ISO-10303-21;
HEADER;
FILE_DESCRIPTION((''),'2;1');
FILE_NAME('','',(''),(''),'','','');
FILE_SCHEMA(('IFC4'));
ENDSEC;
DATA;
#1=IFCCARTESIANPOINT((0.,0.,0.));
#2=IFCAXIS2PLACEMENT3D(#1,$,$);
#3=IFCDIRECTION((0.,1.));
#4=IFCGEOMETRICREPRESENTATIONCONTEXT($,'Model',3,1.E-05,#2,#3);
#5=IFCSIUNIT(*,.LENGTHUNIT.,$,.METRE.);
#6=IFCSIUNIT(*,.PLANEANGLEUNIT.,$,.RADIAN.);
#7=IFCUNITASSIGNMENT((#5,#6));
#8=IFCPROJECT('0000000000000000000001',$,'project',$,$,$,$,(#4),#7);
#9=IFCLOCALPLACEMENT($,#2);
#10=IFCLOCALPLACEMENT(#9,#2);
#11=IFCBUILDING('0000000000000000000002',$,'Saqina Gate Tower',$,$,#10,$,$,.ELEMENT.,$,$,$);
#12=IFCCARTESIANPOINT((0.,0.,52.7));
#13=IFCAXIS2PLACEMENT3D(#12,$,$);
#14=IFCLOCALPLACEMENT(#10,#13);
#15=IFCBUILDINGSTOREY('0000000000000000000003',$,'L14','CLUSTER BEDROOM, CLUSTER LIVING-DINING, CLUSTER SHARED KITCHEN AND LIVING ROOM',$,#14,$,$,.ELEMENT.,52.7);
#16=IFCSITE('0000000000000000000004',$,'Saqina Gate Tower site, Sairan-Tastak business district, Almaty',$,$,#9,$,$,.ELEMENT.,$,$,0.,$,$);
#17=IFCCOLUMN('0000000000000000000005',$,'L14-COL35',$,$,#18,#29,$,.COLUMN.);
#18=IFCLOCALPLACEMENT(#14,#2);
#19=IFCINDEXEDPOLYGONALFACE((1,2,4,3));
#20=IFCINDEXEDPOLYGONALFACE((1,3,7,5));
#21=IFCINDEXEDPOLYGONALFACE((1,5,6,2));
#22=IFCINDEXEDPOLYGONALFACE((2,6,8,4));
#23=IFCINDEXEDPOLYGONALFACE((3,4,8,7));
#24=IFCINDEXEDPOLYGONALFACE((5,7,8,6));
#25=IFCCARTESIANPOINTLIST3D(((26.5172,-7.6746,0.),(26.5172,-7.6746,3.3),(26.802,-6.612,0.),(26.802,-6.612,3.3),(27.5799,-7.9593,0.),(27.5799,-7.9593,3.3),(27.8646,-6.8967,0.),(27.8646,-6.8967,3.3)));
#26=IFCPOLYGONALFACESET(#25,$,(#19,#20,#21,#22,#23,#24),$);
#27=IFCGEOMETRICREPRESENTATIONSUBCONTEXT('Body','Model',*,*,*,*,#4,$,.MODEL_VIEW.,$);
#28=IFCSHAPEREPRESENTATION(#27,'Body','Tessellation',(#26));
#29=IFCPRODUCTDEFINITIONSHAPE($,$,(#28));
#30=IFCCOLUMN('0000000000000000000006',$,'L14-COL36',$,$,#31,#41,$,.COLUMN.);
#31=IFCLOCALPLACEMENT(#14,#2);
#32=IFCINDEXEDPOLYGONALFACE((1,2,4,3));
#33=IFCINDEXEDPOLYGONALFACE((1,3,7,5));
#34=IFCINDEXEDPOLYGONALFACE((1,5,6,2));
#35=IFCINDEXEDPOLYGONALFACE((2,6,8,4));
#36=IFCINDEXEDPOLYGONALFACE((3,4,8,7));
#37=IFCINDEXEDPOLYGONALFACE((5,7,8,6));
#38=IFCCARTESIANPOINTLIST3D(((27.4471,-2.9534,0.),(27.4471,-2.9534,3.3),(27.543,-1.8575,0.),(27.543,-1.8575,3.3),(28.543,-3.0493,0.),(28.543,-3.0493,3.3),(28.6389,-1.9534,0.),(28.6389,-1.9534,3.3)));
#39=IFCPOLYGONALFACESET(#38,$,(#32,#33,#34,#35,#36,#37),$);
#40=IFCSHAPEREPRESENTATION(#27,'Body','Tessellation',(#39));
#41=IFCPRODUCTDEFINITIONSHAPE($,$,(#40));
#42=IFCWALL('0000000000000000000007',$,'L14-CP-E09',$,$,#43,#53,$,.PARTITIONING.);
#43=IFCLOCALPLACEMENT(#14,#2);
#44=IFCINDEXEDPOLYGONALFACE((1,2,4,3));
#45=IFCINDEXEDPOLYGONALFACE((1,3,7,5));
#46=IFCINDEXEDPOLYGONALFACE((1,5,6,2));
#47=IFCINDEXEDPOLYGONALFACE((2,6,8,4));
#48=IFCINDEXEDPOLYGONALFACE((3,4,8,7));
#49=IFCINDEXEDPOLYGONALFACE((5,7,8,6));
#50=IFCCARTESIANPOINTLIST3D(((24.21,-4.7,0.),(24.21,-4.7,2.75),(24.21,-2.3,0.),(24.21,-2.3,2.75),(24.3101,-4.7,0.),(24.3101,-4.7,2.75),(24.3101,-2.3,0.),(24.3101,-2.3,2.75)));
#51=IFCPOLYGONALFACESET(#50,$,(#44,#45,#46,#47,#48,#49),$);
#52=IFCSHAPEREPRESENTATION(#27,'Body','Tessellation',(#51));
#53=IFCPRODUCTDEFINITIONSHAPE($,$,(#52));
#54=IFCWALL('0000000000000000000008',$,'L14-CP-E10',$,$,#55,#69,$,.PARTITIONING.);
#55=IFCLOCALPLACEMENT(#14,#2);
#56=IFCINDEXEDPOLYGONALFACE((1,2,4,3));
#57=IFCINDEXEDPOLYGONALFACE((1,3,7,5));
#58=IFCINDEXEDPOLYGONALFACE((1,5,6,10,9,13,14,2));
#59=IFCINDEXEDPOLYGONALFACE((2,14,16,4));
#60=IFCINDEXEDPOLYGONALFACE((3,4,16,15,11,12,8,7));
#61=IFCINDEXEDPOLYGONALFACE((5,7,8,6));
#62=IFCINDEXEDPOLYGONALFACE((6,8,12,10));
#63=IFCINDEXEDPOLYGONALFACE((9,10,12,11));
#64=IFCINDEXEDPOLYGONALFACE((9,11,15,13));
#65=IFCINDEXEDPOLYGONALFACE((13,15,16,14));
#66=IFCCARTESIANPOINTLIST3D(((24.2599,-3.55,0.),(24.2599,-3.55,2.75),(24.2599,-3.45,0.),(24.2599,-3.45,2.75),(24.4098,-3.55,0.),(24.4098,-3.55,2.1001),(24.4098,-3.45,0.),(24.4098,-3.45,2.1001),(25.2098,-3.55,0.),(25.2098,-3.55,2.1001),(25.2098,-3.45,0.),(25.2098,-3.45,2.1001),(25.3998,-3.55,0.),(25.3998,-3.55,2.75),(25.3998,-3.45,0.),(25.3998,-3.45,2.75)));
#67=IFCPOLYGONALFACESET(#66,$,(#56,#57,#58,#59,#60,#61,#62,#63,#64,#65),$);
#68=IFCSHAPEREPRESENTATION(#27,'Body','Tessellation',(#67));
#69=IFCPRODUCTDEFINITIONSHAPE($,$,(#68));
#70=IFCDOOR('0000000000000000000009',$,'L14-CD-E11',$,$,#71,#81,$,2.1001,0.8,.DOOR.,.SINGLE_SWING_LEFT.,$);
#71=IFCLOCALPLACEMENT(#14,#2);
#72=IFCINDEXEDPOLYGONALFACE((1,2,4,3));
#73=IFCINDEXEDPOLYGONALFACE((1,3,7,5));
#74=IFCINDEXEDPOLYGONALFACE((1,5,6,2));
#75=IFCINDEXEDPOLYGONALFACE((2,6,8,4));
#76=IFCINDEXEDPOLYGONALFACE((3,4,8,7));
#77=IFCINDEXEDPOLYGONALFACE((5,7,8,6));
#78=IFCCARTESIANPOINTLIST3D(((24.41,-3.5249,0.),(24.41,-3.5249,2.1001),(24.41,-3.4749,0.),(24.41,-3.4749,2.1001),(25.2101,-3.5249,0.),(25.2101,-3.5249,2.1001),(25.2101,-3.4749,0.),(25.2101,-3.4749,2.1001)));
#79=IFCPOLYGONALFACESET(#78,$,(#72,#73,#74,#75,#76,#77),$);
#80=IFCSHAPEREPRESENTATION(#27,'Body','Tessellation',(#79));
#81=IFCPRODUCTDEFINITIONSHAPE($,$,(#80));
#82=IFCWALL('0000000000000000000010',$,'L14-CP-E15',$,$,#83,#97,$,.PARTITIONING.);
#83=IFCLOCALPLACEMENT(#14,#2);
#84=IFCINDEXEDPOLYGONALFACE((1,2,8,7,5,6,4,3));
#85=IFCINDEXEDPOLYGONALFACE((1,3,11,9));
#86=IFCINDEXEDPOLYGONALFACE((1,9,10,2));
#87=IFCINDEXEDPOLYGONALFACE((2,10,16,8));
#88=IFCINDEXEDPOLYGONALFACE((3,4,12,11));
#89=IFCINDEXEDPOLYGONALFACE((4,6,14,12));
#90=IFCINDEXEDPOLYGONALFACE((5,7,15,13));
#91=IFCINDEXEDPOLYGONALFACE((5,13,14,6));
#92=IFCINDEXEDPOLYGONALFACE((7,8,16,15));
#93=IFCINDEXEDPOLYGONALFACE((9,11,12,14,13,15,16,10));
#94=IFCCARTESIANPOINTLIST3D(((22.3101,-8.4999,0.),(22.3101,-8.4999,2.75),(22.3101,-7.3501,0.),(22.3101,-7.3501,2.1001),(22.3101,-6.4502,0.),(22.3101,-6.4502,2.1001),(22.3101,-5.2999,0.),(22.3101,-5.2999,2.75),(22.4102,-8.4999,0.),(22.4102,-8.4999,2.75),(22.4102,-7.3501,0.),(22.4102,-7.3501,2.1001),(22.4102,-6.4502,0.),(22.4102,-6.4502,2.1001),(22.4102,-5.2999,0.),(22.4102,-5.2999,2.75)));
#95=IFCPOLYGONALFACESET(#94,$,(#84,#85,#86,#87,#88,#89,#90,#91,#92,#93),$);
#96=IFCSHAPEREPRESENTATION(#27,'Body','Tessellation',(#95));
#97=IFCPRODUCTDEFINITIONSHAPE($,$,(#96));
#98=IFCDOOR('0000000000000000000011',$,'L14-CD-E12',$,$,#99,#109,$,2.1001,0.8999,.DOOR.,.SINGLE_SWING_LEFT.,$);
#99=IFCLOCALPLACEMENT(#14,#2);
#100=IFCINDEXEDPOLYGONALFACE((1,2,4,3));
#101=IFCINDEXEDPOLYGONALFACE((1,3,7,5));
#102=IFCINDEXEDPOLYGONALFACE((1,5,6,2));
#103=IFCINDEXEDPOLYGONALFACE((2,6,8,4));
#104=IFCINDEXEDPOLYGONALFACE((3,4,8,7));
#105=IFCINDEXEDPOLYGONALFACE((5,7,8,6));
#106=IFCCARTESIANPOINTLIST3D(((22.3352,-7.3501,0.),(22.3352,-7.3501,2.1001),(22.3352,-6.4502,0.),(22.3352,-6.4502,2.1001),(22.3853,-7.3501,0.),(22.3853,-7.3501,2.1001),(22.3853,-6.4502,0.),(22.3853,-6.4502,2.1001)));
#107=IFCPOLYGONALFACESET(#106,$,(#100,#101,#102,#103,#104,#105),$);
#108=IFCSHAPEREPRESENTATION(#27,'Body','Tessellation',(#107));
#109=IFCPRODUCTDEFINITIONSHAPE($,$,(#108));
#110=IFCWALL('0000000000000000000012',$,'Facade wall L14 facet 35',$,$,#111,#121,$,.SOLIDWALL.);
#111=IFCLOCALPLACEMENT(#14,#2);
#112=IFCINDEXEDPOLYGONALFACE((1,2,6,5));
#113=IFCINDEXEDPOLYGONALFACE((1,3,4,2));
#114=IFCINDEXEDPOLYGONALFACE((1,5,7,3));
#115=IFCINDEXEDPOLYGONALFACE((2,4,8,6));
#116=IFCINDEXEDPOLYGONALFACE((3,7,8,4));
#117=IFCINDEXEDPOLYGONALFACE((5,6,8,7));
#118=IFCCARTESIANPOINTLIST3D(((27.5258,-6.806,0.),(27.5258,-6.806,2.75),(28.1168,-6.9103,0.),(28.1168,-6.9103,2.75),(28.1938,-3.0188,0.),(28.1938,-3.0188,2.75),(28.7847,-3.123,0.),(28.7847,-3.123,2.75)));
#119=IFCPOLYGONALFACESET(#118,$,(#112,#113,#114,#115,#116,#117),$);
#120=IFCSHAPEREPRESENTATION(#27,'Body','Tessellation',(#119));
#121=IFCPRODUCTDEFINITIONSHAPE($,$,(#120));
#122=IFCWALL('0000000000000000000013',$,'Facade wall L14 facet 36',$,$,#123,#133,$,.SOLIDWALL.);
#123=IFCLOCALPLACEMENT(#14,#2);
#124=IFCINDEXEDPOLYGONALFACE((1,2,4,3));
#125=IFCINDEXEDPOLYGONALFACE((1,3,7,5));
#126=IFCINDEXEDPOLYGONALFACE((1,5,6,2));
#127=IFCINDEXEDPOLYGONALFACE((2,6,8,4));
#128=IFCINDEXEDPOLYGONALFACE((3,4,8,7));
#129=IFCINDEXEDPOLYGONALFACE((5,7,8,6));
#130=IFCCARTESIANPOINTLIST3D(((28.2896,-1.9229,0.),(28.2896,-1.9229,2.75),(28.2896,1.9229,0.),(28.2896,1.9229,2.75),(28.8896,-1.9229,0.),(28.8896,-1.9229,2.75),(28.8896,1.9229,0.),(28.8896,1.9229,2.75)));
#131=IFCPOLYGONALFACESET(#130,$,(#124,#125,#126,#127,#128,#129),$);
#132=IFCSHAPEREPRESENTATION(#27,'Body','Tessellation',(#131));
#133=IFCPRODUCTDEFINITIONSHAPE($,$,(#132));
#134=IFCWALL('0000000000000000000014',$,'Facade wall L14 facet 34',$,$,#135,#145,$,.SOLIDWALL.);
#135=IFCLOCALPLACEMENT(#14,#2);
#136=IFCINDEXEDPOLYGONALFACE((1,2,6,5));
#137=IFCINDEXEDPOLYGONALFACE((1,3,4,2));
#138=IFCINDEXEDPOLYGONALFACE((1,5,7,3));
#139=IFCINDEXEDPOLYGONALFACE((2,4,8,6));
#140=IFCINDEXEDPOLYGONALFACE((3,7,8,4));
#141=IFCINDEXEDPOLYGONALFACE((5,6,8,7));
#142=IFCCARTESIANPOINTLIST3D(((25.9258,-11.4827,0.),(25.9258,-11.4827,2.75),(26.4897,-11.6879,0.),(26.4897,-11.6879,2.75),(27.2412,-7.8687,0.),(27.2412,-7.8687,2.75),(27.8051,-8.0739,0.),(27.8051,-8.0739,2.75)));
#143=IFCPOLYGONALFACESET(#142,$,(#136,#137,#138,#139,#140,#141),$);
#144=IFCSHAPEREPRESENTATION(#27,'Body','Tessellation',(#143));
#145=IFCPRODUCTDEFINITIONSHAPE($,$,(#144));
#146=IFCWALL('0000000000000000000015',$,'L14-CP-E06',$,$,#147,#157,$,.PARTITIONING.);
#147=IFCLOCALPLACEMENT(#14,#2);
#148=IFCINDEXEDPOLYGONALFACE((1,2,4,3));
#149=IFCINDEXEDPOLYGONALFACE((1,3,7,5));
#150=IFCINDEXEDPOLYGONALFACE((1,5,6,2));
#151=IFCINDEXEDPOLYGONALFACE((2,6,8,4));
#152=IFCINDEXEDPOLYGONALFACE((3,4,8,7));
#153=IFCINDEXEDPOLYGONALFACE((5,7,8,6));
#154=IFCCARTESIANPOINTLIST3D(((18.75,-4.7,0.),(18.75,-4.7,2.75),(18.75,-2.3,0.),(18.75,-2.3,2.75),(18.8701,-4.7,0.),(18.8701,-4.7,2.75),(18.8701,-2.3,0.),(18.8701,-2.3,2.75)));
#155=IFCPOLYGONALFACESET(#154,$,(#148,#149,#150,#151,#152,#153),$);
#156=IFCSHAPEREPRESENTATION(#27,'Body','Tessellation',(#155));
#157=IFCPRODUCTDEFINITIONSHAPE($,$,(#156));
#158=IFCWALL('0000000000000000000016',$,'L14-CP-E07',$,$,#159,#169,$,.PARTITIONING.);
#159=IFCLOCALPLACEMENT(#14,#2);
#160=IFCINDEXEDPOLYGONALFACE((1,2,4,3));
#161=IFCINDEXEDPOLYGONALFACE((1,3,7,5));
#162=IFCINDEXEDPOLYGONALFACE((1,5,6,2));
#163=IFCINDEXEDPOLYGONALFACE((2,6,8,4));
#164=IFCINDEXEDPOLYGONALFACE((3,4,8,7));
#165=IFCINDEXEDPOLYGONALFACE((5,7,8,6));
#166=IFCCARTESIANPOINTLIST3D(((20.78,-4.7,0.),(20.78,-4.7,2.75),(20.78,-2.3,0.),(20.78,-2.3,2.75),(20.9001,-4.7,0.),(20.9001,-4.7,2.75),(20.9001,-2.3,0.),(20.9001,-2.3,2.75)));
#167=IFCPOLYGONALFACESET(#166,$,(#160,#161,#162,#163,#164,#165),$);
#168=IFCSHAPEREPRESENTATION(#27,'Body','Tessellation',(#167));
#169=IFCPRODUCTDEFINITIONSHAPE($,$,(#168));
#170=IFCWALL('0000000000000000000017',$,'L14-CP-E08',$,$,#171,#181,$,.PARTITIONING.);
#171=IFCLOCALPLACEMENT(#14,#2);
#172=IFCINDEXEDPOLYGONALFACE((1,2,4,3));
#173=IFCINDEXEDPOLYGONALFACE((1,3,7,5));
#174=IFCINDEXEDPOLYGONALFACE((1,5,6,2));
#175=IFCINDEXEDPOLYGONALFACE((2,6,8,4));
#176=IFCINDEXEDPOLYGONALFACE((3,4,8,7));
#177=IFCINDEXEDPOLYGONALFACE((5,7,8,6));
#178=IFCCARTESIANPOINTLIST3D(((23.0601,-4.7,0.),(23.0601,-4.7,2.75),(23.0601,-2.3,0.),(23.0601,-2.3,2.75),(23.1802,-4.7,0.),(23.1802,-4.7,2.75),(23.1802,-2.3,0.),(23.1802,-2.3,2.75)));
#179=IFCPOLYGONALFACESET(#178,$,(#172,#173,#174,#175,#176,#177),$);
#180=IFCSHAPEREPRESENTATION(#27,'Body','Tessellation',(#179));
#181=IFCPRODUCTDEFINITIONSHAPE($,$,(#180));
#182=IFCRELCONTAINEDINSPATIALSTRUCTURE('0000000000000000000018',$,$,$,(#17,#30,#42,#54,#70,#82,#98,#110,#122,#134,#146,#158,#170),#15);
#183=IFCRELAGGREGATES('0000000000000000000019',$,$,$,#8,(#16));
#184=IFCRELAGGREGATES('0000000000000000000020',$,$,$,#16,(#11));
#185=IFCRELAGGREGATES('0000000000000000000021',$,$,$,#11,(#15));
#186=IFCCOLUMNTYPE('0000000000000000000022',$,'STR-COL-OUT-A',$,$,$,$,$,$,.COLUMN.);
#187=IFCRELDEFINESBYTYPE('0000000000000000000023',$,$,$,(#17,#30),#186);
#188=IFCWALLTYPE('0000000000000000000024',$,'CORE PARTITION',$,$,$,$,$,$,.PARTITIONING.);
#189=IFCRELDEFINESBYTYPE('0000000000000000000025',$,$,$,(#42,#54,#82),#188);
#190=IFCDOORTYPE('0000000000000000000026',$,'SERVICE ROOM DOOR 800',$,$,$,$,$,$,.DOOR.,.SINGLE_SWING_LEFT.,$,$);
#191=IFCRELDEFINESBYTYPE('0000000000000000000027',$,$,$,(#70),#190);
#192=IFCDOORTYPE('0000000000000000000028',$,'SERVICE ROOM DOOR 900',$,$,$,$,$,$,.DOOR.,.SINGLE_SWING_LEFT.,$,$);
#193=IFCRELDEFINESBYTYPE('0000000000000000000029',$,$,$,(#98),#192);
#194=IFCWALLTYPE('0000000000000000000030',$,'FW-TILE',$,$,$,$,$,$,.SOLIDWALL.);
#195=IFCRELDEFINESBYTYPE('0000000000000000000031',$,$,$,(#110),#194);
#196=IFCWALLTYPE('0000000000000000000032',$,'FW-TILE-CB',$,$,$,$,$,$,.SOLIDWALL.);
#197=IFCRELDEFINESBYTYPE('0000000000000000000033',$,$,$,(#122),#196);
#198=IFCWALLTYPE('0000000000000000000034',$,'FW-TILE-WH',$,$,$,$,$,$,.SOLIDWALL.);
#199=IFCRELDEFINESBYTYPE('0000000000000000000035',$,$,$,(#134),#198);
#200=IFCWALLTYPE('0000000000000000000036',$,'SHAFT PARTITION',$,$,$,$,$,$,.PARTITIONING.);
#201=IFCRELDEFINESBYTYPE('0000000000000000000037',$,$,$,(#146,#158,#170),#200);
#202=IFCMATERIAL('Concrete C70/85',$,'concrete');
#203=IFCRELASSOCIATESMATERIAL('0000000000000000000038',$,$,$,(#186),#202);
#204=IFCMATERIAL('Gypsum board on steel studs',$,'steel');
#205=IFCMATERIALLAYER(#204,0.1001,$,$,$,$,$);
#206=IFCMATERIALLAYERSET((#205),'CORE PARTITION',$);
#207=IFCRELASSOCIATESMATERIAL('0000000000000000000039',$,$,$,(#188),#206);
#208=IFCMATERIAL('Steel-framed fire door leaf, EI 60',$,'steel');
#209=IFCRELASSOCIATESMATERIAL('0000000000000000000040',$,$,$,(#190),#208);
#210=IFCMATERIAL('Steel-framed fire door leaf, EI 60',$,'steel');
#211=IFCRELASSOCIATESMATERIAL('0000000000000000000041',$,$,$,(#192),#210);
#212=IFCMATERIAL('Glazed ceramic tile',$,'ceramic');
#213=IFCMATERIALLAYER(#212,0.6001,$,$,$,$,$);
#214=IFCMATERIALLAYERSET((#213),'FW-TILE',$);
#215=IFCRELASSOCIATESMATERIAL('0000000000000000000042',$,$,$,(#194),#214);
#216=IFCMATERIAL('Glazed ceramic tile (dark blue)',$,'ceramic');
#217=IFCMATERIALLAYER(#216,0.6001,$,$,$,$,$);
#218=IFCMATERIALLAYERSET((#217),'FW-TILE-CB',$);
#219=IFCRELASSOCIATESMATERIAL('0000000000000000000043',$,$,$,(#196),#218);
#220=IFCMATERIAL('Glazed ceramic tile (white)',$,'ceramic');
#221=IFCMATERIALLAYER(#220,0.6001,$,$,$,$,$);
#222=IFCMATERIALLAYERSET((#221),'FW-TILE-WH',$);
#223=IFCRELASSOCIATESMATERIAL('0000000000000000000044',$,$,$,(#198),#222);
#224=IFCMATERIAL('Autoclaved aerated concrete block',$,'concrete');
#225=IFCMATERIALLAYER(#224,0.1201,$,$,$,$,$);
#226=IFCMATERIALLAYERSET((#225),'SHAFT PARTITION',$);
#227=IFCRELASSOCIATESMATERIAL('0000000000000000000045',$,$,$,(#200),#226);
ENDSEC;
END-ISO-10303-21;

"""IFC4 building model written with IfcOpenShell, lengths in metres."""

from ifc_helpers import new_model, si_unit, direction, frame, frame_2d, origin, origin_2d, place, context, subcontext, project, spatial, rectangle, extrude, material, layer, layer_set, material_profile, profile_set, type_object, element, fill, save


model = new_model("IFC4")

# Units and contexts
model_context = context("Model", 3, precision=1e-05, world=origin(), true_north=direction((0.0, 1.0)))
body_context = subcontext(model_context, "Body", "Model", "MODEL_VIEW")
ifc_project = project(units=[si_unit("LENGTHUNIT", "METRE"), si_unit("PLANEANGLEUNIT", "RADIAN")], contexts=[model_context])

# Site, building, storey
site_placement = place(None, origin())
site = spatial("IfcSite", under=ifc_project, at=site_placement, Name="Saqina Gate Tower site, Sairan-Tastak business district, Almaty", CompositionType="ELEMENT", RefElevation=0.0)
building_placement = place(site_placement, origin())
building = spatial("IfcBuilding", under=site, at=building_placement, Name="Saqina Gate Tower", CompositionType="ELEMENT")
storey_placement = place(building_placement, frame((0.0, 0.0, 52.7)))
storey = spatial("IfcBuildingStorey", under=building, at=storey_placement, Name="L14", Description="CLUSTER BEDROOM, CLUSTER LIVING-DINING, CLUSTER SHARED KITCHEN AND LIVING ROOM", CompositionType="ELEMENT", Elevation=52.7)

# Columns
ifc_material_1 = material(Name="Concrete C70/85", Category="concrete")
ifc_material_profile = material_profile(ifc_material_1, rectangle(XDim=1.1001, YDim=1.1001, at=origin_2d()), Name="RC 1100x1100")
ifc_profile_set = profile_set([ifc_material_profile], Name="Concrete C70/85")
column_type = type_object("IfcColumnType", Name="STR-COL-OUT-A", PredefinedType="COLUMN", material=ifc_profile_set)
for number, where, z_axis, x_axis, name in (
    (1, (27.1909, -7.2856, 0.0), (0.0, 0.0, 1.0), (0.965926, -0.258819, 0.0), "L14-COL35"),
    (2, (28.043, -2.4534, 0.0), (0.0, 0.0, 1.0), (0.996195, -0.087156, 0.0), "L14-COL36"),
):
    element("IfcColumn", number, at=place(storey_placement, frame(where, z_axis=z_axis, x_axis=x_axis)), inside=storey, type_object=column_type, Name=name, PredefinedType="COLUMN", context=body_context, shape_type="SweptSolid", body=[
        extrude(rectangle(XDim=1.1001, YDim=1.1001, at=origin_2d()), origin(), (0.0, 0.0, 1.0), 3.3),
    ])

# Wall
ifc_material_2 = material(Name="Gypsum board on steel studs", Category="steel")
ifc_layer_1 = layer(ifc_material_2, 0.1001)
ifc_layer_set_1 = layer_set([ifc_layer_1], Name="CORE PARTITION")
wall_type_1 = type_object("IfcWallType", Name="CORE PARTITION", PredefinedType="PARTITIONING", material=ifc_layer_set_1)
wall_1_placement = place(storey_placement, frame((24.26, -4.7, 0.0), z_axis=(0.0, 0.0, 1.0), x_axis=(0.0, 1.0, 0.0)))
element("IfcWall", 3, at=wall_1_placement, inside=storey, type_object=wall_type_1, Name="L14-CP-E09", PredefinedType="PARTITIONING", context=body_context, shape_type="SweptSolid", body=[
    extrude(rectangle(XDim=2.3999, YDim=0.1001, at=frame_2d((1.2, 0.0))), origin(), (0.0, 0.0, 1.0), 2.75),
])

# Walls, openings, doors
wall_2_placement = place(storey_placement, frame((24.26, -3.5, 0.0), z_axis=(0.0, 0.0, 1.0), x_axis=(1.0, 0.0, 0.0)))
wall_2 = element("IfcWall", 4, at=wall_2_placement, inside=storey, type_object=wall_type_1, Name="L14-CP-E10", PredefinedType="PARTITIONING", context=body_context, shape_type="SweptSolid", body=[
    extrude(rectangle(XDim=1.1399, YDim=0.1001, at=frame_2d((0.5698, 0.0))), origin(), (0.0, 0.0, 1.0), 2.75),
])
opening_1_placement = place(wall_2_placement, frame((0.1499, 0.0, 0.0)))
opening_1 = element("IfcOpeningElement", 5, at=opening_1_placement, cuts=wall_2, PredefinedType="OPENING", context=body_context, shape_type="SweptSolid", body=[
    extrude(rectangle(XDim=0.8, YDim=2.1001, at=frame_2d((0.3999, 1.05))), frame((0.0, 0.062, 0.0), z_axis=(0.0, -1.0, 0.0), x_axis=(1.0, 0.0, 0.0)), (0.0, 0.0, 1.0), 0.124),
])
ifc_material_3 = material(Name="Steel-framed fire door leaf, EI 60", Category="steel")
door_type_1 = type_object("IfcDoorType", Name="SERVICE ROOM DOOR 800", OperationType="SINGLE_SWING_LEFT", PredefinedType="DOOR", material=ifc_material_3)
door_1_placement = place(opening_1_placement, frame((0.8, 0.0, 0.0), z_axis=(0.0, 0.0, 1.0), x_axis=(-1.0, 0.0, 0.0)))
door_1 = element("IfcDoor", 6, at=door_1_placement, inside=storey, type_object=door_type_1, Name="L14-CD-E11", OperationType="SINGLE_SWING_LEFT", OverallHeight=2.1001, OverallWidth=0.8, PredefinedType="DOOR", context=body_context, shape_type="SweptSolid", body=[
    extrude(rectangle(XDim=0.8, YDim=2.1001, at=frame_2d((0.3999, 1.05))), frame((0.0, 0.0249, 0.0), z_axis=(0.0, -1.0, 0.0), x_axis=(1.0, 0.0, 0.0)), (0.0, 0.0, 1.0), 0.05),
])
fill(opening_1, door_1)
wall_3_placement = place(storey_placement, frame((22.3601, -8.5, 0.0), z_axis=(0.0, 0.0, 1.0), x_axis=(0.0, 1.0, 0.0)))
wall_3 = element("IfcWall", 7, at=wall_3_placement, inside=storey, type_object=wall_type_1, Name="L14-CP-E15", PredefinedType="PARTITIONING", context=body_context, shape_type="SweptSolid", body=[
    extrude(rectangle(XDim=3.2, YDim=0.1001, at=frame_2d((1.6001, 0.0))), origin(), (0.0, 0.0, 1.0), 2.75),
])
opening_2_placement = place(wall_3_placement, frame((1.1499, 0.0, 0.0)))
opening_2 = element("IfcOpeningElement", 8, at=opening_2_placement, cuts=wall_3, PredefinedType="OPENING", context=body_context, shape_type="SweptSolid", body=[
    extrude(rectangle(XDim=0.8999, YDim=2.1001, at=frame_2d((0.45, 1.05))), frame((0.0, 0.062, 0.0), z_axis=(0.0, -1.0, 0.0), x_axis=(1.0, 0.0, 0.0)), (0.0, 0.0, 1.0), 0.124),
])
ifc_material_4 = material(Name="Steel-framed fire door leaf, EI 60", Category="steel")
door_type_2 = type_object("IfcDoorType", Name="SERVICE ROOM DOOR 900", OperationType="SINGLE_SWING_LEFT", PredefinedType="DOOR", material=ifc_material_4)
door_2_placement = place(opening_2_placement, origin())
door_2 = element("IfcDoor", 9, at=door_2_placement, inside=storey, type_object=door_type_2, Name="L14-CD-E12", OperationType="SINGLE_SWING_LEFT", OverallHeight=2.1001, OverallWidth=0.8999, PredefinedType="DOOR", context=body_context, shape_type="SweptSolid", body=[
    extrude(rectangle(XDim=0.8999, YDim=2.1001, at=frame_2d((0.45, 1.05))), frame((0.0, 0.0249, 0.0), z_axis=(0.0, -1.0, 0.0), x_axis=(1.0, 0.0, 0.0)), (0.0, 0.0, 1.0), 0.05),
])
fill(opening_2, door_2)

# Walls
ifc_material_5 = material(Name="Glazed ceramic tile", Category="ceramic")
ifc_layer_2 = layer(ifc_material_5, 0.6001)
ifc_layer_set_2 = layer_set([ifc_layer_2], Name="FW-TILE")
wall_type_2 = type_object("IfcWallType", Name="FW-TILE", PredefinedType="SOLIDWALL", material=ifc_layer_set_2)
wall_4_placement = place(storey_placement, frame((27.8213, -6.8582, 0.0), z_axis=(0.0, 0.0, 1.0), x_axis=(0.173688, 0.984801, 0.0)))
element("IfcWall", 10, at=wall_4_placement, inside=storey, type_object=wall_type_2, Name="Facade wall L14 facet 35", PredefinedType="SOLIDWALL", context=body_context, shape_type="SweptSolid", body=[
    extrude(rectangle(XDim=3.8457, YDim=0.6001, at=frame_2d((1.9229, 0.0))), origin(), (0.0, 0.0, 1.0), 2.75),
])
ifc_material_6 = material(Name="Glazed ceramic tile (dark blue)", Category="ceramic")
ifc_layer_3 = layer(ifc_material_6, 0.6001)
ifc_layer_set_3 = layer_set([ifc_layer_3], Name="FW-TILE-CB")
wall_type_3 = type_object("IfcWallType", Name="FW-TILE-CB", PredefinedType="SOLIDWALL", material=ifc_layer_set_3)
wall_5_placement = place(storey_placement, frame((28.5896, -1.9229, 0.0), z_axis=(0.0, 0.0, 1.0), x_axis=(0.0, 1.0, 0.0)))
element("IfcWall", 11, at=wall_5_placement, inside=storey, type_object=wall_type_3, Name="Facade wall L14 facet 36", PredefinedType="SOLIDWALL", context=body_context, shape_type="SweptSolid", body=[
    extrude(rectangle(XDim=3.8457, YDim=0.6001, at=frame_2d((1.9229, 0.0))), origin(), (0.0, 0.0, 1.0), 2.75),
])
ifc_material_7 = material(Name="Glazed ceramic tile (white)", Category="ceramic")
ifc_layer_4 = layer(ifc_material_7, 0.6001)
ifc_layer_set_4 = layer_set([ifc_layer_4], Name="FW-TILE-WH")
wall_type_4 = type_object("IfcWallType", Name="FW-TILE-WH", PredefinedType="SOLIDWALL", material=ifc_layer_set_4)
wall_6_placement = place(storey_placement, frame((26.2078, -11.5852, 0.0), z_axis=(0.0, 0.0, 1.0), x_axis=(0.342028, 0.93969, 0.0)))
element("IfcWall", 12, at=wall_6_placement, inside=storey, type_object=wall_type_4, Name="Facade wall L14 facet 34", PredefinedType="SOLIDWALL", context=body_context, shape_type="SweptSolid", body=[
    extrude(rectangle(XDim=3.8459, YDim=0.6001, at=frame_2d((1.9229, 0.0))), origin(), (0.0, 0.0, 1.0), 2.75),
])
ifc_material_8 = material(Name="Autoclaved aerated concrete block", Category="concrete")
ifc_layer_5 = layer(ifc_material_8, 0.1201)
ifc_layer_set_5 = layer_set([ifc_layer_5], Name="SHAFT PARTITION")
wall_type_5 = type_object("IfcWallType", Name="SHAFT PARTITION", PredefinedType="PARTITIONING", material=ifc_layer_set_5)
for number, where, z_axis, x_axis, name in (
    (13, (18.8101, -4.7, 0.0), (0.0, 0.0, 1.0), (0.0, 1.0, 0.0), "L14-CP-E06"),
    (14, (20.8401, -4.7, 0.0), (0.0, 0.0, 1.0), (0.0, 1.0, 0.0), "L14-CP-E07"),
    (15, (23.1201, -4.7, 0.0), (0.0, 0.0, 1.0), (0.0, 1.0, 0.0), "L14-CP-E08"),
):
    element("IfcWall", number, at=place(storey_placement, frame(where, z_axis=z_axis, x_axis=x_axis)), inside=storey, type_object=wall_type_5, Name=name, PredefinedType="PARTITIONING", context=body_context, shape_type="SweptSolid", body=[
        extrude(rectangle(XDim=2.3999, YDim=0.1201, at=frame_2d((1.2, 0.0))), origin(), (0.0, 0.0, 1.0), 2.75),
    ])

save(model, "model.ifc")
